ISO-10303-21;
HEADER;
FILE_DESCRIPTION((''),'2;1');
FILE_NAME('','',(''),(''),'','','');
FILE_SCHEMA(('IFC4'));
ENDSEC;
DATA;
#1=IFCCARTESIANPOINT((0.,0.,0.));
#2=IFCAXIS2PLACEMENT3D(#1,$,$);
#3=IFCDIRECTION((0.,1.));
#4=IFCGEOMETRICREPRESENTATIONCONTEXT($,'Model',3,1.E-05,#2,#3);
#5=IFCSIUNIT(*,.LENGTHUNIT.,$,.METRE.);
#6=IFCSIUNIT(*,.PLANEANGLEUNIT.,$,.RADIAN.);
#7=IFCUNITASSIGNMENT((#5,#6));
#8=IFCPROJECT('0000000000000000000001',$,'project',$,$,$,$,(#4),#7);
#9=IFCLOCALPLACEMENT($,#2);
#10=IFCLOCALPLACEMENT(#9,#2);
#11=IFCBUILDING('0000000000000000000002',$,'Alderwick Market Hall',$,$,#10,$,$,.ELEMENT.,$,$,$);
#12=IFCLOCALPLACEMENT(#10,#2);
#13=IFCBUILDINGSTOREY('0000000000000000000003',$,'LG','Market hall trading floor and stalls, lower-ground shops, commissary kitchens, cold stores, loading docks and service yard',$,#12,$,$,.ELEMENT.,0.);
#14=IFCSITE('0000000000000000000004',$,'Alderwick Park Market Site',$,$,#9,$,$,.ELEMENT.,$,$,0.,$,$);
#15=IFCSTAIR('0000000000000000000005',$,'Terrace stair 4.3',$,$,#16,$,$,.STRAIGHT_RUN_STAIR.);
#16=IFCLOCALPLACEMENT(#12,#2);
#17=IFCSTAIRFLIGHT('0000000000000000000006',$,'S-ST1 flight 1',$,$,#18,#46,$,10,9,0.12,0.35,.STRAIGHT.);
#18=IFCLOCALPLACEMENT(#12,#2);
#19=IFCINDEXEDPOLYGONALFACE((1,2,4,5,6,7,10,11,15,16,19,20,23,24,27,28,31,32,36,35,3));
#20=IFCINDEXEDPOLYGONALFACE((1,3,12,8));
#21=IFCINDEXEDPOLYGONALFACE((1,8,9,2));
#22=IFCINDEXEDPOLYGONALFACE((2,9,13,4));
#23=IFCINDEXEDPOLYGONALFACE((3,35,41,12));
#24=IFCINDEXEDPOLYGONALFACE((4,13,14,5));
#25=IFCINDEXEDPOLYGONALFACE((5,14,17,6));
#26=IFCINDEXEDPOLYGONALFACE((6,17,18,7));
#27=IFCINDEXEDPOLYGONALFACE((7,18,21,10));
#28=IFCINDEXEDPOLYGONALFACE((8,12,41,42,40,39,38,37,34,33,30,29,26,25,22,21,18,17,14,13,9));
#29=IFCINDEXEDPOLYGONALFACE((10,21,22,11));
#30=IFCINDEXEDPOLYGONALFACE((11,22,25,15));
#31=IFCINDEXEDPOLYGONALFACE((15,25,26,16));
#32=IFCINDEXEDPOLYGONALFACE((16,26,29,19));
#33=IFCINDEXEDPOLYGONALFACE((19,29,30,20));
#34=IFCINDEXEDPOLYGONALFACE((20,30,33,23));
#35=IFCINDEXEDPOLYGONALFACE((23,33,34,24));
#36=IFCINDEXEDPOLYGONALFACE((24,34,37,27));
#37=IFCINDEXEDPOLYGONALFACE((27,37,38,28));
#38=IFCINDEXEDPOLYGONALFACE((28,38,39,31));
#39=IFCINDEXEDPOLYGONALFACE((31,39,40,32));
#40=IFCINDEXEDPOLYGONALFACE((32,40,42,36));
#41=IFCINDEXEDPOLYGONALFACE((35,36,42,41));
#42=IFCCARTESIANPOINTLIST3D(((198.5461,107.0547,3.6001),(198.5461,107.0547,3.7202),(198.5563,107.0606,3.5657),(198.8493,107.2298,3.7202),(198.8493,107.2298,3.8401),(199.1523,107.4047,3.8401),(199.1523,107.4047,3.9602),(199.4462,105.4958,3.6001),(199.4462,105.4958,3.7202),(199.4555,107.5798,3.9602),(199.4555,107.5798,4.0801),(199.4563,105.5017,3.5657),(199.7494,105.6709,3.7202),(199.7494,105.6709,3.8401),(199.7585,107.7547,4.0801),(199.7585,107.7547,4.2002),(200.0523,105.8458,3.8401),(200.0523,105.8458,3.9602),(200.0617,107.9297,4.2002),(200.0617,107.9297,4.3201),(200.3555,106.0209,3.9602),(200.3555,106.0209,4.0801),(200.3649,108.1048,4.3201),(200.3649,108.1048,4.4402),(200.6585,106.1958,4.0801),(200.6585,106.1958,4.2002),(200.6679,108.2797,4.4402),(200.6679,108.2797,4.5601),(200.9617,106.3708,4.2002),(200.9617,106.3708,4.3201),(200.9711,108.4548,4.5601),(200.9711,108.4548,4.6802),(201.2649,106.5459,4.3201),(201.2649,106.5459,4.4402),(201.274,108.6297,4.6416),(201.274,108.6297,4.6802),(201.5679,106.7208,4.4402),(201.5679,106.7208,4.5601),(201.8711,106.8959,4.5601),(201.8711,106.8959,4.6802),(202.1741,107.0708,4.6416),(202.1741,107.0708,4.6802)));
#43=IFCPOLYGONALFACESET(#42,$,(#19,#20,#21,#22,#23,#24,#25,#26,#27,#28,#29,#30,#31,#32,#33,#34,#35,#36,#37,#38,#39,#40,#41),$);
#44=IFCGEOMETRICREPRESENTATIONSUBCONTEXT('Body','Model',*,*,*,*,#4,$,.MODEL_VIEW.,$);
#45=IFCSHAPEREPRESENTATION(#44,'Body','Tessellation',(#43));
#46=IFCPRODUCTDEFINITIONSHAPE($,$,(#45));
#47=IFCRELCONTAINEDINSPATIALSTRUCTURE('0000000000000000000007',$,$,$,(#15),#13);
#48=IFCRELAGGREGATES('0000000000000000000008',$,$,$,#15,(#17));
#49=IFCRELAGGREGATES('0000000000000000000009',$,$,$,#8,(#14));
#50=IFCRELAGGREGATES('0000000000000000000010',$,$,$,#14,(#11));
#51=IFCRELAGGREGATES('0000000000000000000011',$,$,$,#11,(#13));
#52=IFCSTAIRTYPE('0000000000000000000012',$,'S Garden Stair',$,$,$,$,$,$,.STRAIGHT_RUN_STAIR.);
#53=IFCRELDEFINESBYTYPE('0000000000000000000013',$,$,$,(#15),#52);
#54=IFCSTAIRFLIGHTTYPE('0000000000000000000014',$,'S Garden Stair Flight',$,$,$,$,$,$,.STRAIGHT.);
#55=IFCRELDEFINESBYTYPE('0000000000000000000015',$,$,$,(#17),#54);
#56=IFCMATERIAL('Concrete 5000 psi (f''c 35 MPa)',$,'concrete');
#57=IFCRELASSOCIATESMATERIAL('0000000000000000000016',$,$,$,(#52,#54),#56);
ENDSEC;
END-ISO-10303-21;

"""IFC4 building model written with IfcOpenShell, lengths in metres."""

from ifc_helpers import new_model, si_unit, direction, frame, origin, place, context, subcontext, project, spatial, polyline, outline, extrude, material, type_object, element, aggregate, save


model = new_model("IFC4")

# Units and contexts
model_context = context("Model", 3, precision=1e-05, world=origin(), true_north=direction((0.0, 1.0)))
body_context = subcontext(model_context, "Body", "Model", "MODEL_VIEW")
ifc_project = project(units=[si_unit("LENGTHUNIT", "METRE"), si_unit("PLANEANGLEUNIT", "RADIAN")], contexts=[model_context])

# Site, building, storey
site_placement = place(None, origin())
site = spatial("IfcSite", under=ifc_project, at=site_placement, Name="Alderwick Park Market Site", CompositionType="ELEMENT", RefElevation=0.0)
building_placement = place(site_placement, origin())
building = spatial("IfcBuilding", under=site, at=building_placement, Name="Alderwick Market Hall", CompositionType="ELEMENT")
storey_placement = place(building_placement, origin())
storey = spatial("IfcBuildingStorey", under=building, at=storey_placement, Name="LG", Description="Market hall trading floor and stalls, lower-ground shops, commissary kitchens, cold stores, loading docks and service yard", CompositionType="ELEMENT", Elevation=0.0)

# Shared definitions
ifc_material_1 = material(Name="Concrete 5000 psi (f'c 35 MPa)", Category="concrete")

# Stair, stair flight
stair_type = type_object("IfcStairType", Name="S Garden Stair", PredefinedType="STRAIGHT_RUN_STAIR", material=ifc_material_1)
stair_flight_type = type_object("IfcStairFlightType", Name="S Garden Stair Flight", PredefinedType="STRAIGHT", material=ifc_material_1)
stair_1_placement = place(storey_placement, origin())
stair_1 = element("IfcStair", 1, at=stair_1_placement, inside=storey, type_object=stair_type, Name="Terrace stair 4.3", PredefinedType="STRAIGHT_RUN_STAIR")
stair_flight_1_placement = place(storey_placement, frame((198.9961, 106.2754, 3.6001), z_axis=(0.0, 0.0, 1.0), x_axis=(0.866025, 0.5, 0.0)))
stair_flight_1 = element("IfcStairFlight", 2, at=stair_flight_1_placement, type_object=stair_flight_type, Name="S-ST1 flight 1", NumberOfRisers=10, NumberOfTreads=9, PredefinedType="STRAIGHT", RiserHeight=0.12, TreadLength=0.35, context=body_context, shape_type="SweptSolid", body=[
    extrude(outline(polyline([(0.0117, -0.0344), (0.0, 0.0), (0.0, 0.1201), (0.3501, 0.1201), (0.3501, 0.24), (0.7, 0.24), (0.7, 0.3601), (1.05, 0.3601), (1.05, 0.48), (1.3999, 0.48), (1.3999, 0.6001), (1.75, 0.6001), (1.75, 0.72), (2.1001, 0.72), (2.1001, 0.8401), (2.45, 0.8401), (2.45, 0.96), (2.8, 0.96), (2.8, 1.0801), (3.1499, 1.0801), (3.1499, 1.0415), (0.0117, -0.0344)])), frame((0.0, 0.8999, 0.0), z_axis=(0.0, -1.0, 0.0), x_axis=(1.0, 0.0, 0.0)), (0.0, 0.0, 1.0), 1.8),
])

aggregate(stair_1, [stair_flight_1])

save(model, "model.ifc")
